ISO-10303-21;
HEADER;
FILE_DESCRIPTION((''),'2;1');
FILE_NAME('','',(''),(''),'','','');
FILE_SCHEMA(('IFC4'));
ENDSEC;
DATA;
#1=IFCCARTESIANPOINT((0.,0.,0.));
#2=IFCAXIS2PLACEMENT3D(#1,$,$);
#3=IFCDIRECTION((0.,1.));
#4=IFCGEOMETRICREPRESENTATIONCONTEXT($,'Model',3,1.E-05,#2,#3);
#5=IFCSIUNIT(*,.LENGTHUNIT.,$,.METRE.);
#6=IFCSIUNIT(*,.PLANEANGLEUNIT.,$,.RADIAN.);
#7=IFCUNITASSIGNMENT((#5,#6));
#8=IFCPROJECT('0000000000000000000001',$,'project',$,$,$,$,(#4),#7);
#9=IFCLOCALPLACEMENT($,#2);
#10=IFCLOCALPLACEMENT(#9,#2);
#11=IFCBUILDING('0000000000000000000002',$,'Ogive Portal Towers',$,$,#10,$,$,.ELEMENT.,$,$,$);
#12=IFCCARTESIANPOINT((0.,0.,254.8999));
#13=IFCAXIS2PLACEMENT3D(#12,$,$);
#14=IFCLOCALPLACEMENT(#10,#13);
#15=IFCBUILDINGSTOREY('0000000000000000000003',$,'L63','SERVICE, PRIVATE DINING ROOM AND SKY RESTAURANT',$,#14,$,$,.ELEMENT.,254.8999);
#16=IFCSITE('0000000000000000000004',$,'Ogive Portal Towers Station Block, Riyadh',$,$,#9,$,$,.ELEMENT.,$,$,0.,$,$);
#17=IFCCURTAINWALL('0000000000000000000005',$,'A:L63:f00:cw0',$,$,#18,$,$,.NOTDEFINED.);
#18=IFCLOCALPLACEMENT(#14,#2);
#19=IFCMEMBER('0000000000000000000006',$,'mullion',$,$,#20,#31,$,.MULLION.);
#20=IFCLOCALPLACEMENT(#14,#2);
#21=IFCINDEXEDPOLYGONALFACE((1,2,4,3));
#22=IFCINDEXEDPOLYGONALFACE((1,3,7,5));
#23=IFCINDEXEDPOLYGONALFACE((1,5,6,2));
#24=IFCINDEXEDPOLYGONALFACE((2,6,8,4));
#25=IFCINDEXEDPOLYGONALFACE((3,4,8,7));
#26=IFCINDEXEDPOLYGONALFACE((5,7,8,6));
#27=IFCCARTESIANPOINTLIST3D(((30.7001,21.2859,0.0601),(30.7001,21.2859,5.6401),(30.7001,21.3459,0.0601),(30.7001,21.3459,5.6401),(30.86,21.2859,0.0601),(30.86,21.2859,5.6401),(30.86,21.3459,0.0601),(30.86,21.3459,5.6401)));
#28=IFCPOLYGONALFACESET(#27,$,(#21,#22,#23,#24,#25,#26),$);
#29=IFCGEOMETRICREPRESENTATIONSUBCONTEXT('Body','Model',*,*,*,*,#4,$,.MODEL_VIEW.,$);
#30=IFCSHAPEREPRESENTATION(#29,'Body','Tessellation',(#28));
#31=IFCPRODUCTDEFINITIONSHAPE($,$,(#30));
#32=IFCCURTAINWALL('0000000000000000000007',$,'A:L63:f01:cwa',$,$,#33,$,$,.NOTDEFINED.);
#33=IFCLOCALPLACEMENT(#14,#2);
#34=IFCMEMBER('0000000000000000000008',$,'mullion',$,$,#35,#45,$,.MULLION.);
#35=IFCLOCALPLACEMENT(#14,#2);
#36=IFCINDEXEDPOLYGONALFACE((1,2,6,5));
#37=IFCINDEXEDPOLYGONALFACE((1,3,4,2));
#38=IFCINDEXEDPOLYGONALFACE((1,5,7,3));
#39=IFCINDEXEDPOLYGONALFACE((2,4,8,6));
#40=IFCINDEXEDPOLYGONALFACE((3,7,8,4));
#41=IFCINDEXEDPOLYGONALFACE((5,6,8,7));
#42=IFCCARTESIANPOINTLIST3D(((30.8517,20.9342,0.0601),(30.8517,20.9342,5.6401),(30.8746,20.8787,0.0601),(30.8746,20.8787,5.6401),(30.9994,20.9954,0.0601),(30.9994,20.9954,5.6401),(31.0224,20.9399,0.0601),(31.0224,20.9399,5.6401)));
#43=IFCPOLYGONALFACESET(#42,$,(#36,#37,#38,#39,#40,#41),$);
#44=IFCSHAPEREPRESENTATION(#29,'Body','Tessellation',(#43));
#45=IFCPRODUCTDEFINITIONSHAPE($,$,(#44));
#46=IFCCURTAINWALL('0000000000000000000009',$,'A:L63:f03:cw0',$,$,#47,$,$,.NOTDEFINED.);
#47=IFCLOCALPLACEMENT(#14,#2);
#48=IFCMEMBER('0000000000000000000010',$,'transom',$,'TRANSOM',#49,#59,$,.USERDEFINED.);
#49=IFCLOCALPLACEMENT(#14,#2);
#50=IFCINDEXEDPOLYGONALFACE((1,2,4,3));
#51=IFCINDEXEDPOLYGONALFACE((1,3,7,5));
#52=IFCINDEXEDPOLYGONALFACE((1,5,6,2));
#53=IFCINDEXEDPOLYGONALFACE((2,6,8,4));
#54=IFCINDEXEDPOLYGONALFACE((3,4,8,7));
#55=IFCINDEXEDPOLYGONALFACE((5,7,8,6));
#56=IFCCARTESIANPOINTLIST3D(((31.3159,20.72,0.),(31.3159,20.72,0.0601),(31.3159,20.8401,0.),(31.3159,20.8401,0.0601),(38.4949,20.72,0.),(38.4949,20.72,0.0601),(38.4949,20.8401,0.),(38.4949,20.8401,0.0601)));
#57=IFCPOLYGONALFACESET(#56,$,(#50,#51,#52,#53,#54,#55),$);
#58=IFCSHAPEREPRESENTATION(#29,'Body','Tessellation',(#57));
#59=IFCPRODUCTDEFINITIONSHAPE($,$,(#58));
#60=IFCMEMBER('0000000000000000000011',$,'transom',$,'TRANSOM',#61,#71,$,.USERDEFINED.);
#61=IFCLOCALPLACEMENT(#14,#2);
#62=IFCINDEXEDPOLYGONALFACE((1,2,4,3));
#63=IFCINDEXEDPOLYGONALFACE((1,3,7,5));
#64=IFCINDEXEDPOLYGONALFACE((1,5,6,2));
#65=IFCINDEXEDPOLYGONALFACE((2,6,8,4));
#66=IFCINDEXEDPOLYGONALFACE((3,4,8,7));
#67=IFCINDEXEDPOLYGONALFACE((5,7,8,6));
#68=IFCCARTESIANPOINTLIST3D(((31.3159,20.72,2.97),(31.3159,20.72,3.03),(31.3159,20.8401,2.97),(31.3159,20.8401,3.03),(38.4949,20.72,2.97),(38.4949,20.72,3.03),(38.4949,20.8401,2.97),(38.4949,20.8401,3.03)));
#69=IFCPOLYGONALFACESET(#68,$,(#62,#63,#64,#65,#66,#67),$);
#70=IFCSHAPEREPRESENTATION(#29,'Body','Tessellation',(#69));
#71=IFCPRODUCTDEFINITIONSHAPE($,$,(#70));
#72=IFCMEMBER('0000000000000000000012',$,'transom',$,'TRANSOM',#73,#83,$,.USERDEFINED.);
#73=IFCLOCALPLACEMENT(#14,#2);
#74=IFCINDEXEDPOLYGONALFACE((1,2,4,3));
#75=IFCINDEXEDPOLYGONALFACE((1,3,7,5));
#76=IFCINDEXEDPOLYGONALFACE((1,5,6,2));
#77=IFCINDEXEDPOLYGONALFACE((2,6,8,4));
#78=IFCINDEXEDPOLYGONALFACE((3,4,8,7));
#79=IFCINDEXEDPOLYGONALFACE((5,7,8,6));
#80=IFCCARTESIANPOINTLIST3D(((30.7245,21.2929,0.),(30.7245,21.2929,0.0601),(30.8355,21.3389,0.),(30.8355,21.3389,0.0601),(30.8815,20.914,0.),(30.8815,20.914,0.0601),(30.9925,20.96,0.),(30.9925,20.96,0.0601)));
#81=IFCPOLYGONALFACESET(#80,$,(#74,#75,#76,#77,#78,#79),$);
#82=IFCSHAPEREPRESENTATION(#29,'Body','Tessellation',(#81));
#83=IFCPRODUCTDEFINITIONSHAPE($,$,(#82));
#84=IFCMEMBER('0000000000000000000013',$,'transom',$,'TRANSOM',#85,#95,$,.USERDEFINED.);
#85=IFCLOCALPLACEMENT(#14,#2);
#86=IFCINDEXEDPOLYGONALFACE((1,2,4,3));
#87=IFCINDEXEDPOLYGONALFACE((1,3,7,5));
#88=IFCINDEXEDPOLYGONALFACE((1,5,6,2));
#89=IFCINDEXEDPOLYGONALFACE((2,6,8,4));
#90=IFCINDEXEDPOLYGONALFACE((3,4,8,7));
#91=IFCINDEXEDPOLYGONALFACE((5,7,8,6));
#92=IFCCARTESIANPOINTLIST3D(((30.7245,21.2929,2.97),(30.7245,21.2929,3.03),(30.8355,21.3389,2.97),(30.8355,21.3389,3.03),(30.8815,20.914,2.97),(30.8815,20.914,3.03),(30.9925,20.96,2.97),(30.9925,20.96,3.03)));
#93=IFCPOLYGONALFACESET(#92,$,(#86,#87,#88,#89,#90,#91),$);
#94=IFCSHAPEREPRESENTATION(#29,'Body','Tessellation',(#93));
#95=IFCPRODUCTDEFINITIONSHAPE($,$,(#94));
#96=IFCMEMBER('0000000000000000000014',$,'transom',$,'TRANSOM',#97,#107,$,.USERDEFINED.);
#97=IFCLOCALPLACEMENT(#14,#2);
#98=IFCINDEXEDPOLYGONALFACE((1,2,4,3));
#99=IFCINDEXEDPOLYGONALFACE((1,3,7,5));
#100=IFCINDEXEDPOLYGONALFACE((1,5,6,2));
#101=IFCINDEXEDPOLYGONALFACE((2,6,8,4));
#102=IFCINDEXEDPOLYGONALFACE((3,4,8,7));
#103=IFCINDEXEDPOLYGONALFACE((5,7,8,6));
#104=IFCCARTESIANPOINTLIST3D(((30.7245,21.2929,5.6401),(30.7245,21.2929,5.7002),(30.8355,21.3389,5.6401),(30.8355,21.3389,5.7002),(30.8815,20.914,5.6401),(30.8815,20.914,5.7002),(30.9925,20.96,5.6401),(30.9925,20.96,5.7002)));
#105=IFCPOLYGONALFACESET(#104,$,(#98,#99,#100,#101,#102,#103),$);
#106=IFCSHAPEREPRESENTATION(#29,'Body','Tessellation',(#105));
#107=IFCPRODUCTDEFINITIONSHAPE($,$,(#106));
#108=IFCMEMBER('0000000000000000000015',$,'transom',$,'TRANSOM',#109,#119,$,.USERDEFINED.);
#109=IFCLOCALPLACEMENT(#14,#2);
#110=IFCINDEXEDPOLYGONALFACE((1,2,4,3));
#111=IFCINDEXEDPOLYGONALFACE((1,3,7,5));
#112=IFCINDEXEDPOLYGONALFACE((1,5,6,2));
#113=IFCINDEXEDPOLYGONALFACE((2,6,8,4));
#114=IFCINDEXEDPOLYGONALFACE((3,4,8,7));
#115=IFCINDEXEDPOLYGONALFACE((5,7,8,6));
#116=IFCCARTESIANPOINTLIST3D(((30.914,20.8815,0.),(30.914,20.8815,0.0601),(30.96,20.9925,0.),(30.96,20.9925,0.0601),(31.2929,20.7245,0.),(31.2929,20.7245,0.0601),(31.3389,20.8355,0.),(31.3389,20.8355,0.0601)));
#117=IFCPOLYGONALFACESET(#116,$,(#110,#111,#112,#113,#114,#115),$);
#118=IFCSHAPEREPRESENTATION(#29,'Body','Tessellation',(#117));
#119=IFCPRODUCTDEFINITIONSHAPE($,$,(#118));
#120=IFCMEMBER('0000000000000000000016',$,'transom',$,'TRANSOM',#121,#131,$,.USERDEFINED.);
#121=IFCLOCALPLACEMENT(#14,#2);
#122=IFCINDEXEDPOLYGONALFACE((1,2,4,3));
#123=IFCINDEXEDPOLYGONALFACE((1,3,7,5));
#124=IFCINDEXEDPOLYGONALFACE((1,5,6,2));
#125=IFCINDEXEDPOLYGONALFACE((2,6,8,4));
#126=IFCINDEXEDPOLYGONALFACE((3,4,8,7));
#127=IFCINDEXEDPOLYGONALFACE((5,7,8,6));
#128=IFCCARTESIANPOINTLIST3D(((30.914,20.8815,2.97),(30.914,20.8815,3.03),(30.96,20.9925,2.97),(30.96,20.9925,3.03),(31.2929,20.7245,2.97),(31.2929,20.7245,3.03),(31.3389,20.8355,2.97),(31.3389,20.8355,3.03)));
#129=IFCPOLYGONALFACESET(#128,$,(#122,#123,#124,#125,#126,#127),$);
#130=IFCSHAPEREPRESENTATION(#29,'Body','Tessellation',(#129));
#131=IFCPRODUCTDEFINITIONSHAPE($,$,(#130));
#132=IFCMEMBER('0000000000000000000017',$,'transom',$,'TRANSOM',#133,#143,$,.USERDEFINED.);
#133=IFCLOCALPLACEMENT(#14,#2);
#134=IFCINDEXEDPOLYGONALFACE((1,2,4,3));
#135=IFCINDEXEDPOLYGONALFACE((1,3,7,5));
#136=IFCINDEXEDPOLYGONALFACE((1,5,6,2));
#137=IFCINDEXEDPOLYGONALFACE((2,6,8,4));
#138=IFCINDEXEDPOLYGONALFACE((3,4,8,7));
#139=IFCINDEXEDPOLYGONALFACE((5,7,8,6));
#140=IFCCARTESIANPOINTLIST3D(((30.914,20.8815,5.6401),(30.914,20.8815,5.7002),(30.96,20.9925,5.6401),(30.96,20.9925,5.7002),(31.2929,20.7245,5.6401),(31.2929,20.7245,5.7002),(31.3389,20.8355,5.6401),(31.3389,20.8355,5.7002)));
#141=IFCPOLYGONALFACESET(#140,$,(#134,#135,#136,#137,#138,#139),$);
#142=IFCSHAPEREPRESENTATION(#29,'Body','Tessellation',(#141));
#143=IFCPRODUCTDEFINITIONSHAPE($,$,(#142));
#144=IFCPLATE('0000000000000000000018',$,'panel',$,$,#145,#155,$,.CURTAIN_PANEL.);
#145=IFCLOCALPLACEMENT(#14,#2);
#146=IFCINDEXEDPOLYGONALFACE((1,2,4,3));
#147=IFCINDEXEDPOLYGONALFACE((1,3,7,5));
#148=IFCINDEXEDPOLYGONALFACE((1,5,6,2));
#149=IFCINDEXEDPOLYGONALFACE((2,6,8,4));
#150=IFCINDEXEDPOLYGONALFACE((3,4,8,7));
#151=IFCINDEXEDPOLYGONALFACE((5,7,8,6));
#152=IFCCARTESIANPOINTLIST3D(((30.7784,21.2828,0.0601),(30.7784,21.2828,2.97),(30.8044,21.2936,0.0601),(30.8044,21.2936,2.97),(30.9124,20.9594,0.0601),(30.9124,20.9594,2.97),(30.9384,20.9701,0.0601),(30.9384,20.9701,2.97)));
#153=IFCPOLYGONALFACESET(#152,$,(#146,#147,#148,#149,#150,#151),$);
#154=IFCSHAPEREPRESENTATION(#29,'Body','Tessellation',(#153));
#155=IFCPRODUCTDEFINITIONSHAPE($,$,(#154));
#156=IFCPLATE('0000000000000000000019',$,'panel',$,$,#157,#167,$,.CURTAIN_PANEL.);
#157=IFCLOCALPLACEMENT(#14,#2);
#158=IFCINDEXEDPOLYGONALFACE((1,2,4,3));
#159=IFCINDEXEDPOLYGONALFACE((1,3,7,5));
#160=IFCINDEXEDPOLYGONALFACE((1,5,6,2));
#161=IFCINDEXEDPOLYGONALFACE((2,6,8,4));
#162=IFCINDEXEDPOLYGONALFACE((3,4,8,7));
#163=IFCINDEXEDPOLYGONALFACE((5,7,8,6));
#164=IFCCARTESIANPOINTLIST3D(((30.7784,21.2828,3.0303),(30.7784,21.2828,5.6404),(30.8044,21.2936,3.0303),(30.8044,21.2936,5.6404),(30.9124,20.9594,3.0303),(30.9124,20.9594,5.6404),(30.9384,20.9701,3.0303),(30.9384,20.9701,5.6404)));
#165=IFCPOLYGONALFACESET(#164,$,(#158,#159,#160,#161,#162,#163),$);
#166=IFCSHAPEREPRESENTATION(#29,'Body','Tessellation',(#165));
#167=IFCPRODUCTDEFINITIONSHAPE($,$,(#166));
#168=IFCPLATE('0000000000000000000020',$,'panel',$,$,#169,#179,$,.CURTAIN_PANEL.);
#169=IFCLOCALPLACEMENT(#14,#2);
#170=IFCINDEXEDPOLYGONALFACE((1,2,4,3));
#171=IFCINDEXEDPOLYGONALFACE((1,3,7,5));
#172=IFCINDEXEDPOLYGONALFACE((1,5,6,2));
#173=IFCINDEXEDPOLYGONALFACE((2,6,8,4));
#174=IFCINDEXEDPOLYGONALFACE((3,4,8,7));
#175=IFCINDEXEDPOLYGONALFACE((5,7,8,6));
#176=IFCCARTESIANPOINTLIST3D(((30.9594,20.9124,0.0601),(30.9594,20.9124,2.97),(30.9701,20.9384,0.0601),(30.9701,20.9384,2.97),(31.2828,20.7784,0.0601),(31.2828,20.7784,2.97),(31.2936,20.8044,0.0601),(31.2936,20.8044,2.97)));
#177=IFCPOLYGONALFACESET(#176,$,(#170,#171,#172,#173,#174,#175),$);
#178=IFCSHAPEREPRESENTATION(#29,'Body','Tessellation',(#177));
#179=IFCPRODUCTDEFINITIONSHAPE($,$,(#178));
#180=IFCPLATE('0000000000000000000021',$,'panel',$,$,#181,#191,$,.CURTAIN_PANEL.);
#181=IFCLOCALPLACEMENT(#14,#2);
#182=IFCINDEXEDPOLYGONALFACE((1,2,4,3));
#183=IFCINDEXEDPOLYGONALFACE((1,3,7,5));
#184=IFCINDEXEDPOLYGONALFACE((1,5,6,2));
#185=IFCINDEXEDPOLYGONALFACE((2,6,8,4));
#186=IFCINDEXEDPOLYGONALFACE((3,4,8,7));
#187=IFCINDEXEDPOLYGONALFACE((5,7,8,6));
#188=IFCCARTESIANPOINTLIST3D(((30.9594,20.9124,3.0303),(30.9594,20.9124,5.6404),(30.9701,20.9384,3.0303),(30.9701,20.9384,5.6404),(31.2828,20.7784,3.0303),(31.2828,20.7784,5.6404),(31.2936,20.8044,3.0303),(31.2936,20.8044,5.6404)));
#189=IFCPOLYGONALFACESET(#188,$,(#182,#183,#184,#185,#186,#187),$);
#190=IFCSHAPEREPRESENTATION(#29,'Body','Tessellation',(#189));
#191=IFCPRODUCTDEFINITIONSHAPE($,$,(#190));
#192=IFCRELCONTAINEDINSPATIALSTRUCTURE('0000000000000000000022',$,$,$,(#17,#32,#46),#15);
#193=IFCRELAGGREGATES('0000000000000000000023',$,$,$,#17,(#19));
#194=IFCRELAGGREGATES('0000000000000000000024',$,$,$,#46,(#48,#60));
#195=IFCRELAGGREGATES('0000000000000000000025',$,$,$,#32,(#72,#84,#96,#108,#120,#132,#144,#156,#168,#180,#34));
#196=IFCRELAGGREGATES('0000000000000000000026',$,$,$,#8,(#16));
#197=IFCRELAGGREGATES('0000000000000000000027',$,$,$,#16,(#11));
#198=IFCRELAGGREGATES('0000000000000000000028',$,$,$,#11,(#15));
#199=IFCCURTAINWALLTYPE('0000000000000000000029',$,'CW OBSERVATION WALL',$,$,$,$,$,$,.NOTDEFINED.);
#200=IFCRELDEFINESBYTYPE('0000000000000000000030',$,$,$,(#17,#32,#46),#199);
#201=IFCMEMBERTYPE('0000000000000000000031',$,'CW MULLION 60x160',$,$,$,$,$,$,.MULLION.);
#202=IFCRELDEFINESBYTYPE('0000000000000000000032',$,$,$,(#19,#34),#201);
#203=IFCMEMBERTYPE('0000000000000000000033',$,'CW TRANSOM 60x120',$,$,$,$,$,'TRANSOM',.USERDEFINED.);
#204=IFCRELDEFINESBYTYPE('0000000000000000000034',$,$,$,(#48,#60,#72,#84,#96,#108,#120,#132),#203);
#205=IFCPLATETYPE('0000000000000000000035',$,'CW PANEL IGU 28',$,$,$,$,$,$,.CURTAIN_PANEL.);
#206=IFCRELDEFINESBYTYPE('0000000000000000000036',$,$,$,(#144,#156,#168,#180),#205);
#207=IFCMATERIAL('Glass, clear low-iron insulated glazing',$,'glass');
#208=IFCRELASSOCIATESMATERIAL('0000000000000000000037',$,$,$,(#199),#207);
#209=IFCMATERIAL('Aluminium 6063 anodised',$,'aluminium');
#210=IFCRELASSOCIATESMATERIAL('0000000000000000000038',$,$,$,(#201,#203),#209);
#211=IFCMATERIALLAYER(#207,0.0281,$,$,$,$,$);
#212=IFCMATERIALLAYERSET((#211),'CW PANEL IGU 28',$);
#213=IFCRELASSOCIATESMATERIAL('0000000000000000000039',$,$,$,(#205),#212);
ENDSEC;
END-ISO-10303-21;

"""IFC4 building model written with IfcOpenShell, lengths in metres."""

from ifc_helpers import new_model, si_unit, direction, frame, origin, origin_2d, place, context, subcontext, project, spatial, rectangle, extrude, material, layer, layer_set, material_profile, profile_set, type_object, element, aggregate, save


model = new_model("IFC4")

# Units and contexts
model_context = context("Model", 3, precision=1e-05, world=origin(), true_north=direction((0.0, 1.0)))
body_context = subcontext(model_context, "Body", "Model", "MODEL_VIEW")
ifc_project = project(units=[si_unit("LENGTHUNIT", "METRE"), si_unit("PLANEANGLEUNIT", "RADIAN")], contexts=[model_context])

# Site, building, storey
site_placement = place(None, origin())
site = spatial("IfcSite", under=ifc_project, at=site_placement, Name="Ogive Portal Towers Station Block, Riyadh", CompositionType="ELEMENT", RefElevation=0.0)
building_placement = place(site_placement, origin())
building = spatial("IfcBuilding", under=site, at=building_placement, Name="Ogive Portal Towers", CompositionType="ELEMENT")
storey_placement = place(building_placement, frame((0.0, 0.0, 254.8999)))
storey = spatial("IfcBuildingStorey", under=building, at=storey_placement, Name="L63", Description="SERVICE, PRIVATE DINING ROOM AND SKY RESTAURANT", CompositionType="ELEMENT", Elevation=254.8999)

# Curtain walls, members
ifc_material_1 = material(Name="Glass, clear low-iron insulated glazing", Category="glass")
curtain_wall_type = type_object("IfcCurtainWallType", Name="CW OBSERVATION WALL", PredefinedType="NOTDEFINED", material=ifc_material_1)
curtain_wall_1_placement = place(storey_placement, origin())
curtain_wall_1 = element("IfcCurtainWall", 1, at=curtain_wall_1_placement, inside=storey, type_object=curtain_wall_type, Name="A:L63:f00:cw0", PredefinedType="NOTDEFINED")
ifc_material_2 = material(Name="Aluminium 6063 anodised", Category="aluminium")
ifc_material_profile_1 = material_profile(ifc_material_2, rectangle(XDim=0.1599, YDim=0.0601, at=origin_2d()), Name="AL 60x160")
ifc_profile_set_1 = profile_set([ifc_material_profile_1], Name="Aluminium 6063 anodised")
member_type_1 = type_object("IfcMemberType", Name="CW MULLION 60x160", PredefinedType="MULLION", material=ifc_profile_set_1)
member_1_placement = place(storey_placement, frame((30.78, 21.3159, 0.0601), z_axis=(0.0, 0.0, 1.0), x_axis=(1.0, 0.0, 0.0)))
member_1 = element("IfcMember", 2, at=member_1_placement, type_object=member_type_1, Name="mullion", PredefinedType="MULLION", context=body_context, shape_type="SweptSolid", body=[
    extrude(rectangle(XDim=0.1599, YDim=0.0601, at=origin_2d()), origin(), (0.0, 0.0, 1.0), 5.5801),
])
aggregate(curtain_wall_1, [member_1])
curtain_wall_2_placement = place(storey_placement, origin())
curtain_wall_2 = element("IfcCurtainWall", 3, at=curtain_wall_2_placement, inside=storey, type_object=curtain_wall_type, Name="A:L63:f01:cwa", PredefinedType="NOTDEFINED")
member_2_placement = place(storey_placement, frame((30.937, 20.937, 0.0601), z_axis=(0.0, 0.0, 1.0), x_axis=(0.92388, 0.382683, 0.0)))
member_2 = element("IfcMember", 4, at=member_2_placement, type_object=member_type_1, Name="mullion", PredefinedType="MULLION", context=body_context, shape_type="SweptSolid", body=[
    extrude(rectangle(XDim=0.1599, YDim=0.0601, at=origin_2d()), origin(), (0.0, 0.0, 1.0), 5.5801),
])

# Curtain wall, members
curtain_wall_3_placement = place(storey_placement, origin())
curtain_wall_3 = element("IfcCurtainWall", 5, at=curtain_wall_3_placement, inside=storey, type_object=curtain_wall_type, Name="A:L63:f03:cw0", PredefinedType="NOTDEFINED")
ifc_material_profile_2 = material_profile(ifc_material_2, rectangle(XDim=0.1201, YDim=0.0601, at=origin_2d()), Name="AL 120x60")
ifc_profile_set_2 = profile_set([ifc_material_profile_2], Name="Aluminium 6063 anodised")
member_type_2 = type_object("IfcMemberType", Name="CW TRANSOM 60x120", ElementType="TRANSOM", PredefinedType="USERDEFINED", material=ifc_profile_set_2)
member_3_placement = place(storey_placement, frame((31.3159, 20.78, 0.03), z_axis=(1.0, 0.0, 0.0), x_axis=(0.0, 1.0, 0.0)))
member_3 = element("IfcMember", 6, at=member_3_placement, type_object=member_type_2, Name="transom", ObjectType="TRANSOM", PredefinedType="USERDEFINED", context=body_context, shape_type="SweptSolid", body=[
    extrude(rectangle(XDim=0.1201, YDim=0.0601, at=origin_2d()), origin(), (0.0, 0.0, 1.0), 7.179),
])
member_4_placement = place(storey_placement, frame((31.3159, 20.78, 3.0), z_axis=(1.0, 0.0, 0.0), x_axis=(0.0, 1.0, 0.0)))
member_4 = element("IfcMember", 7, at=member_4_placement, type_object=member_type_2, Name="transom", ObjectType="TRANSOM", PredefinedType="USERDEFINED", context=body_context, shape_type="SweptSolid", body=[
    extrude(rectangle(XDim=0.1201, YDim=0.0601, at=origin_2d()), origin(), (0.0, 0.0, 1.0), 7.179),
])
aggregate(curtain_wall_3, [member_3, member_4])

# Members
member_5_placement = place(storey_placement, frame((30.78, 21.3159, 0.03), z_axis=(0.382755, -0.92385, 0.0), x_axis=(0.92385, 0.382755, 0.0)))
member_5 = element("IfcMember", 8, at=member_5_placement, type_object=member_type_2, Name="transom", ObjectType="TRANSOM", PredefinedType="USERDEFINED", context=body_context, shape_type="SweptSolid", body=[
    extrude(rectangle(XDim=0.1201, YDim=0.0601, at=origin_2d()), origin(), (0.0, 0.0, 1.0), 0.4102),
])
member_6_placement = place(storey_placement, frame((30.78, 21.3159, 3.0), z_axis=(0.382755, -0.92385, 0.0), x_axis=(0.92385, 0.382755, 0.0)))
member_6 = element("IfcMember", 9, at=member_6_placement, type_object=member_type_2, Name="transom", ObjectType="TRANSOM", PredefinedType="USERDEFINED", context=body_context, shape_type="SweptSolid", body=[
    extrude(rectangle(XDim=0.1201, YDim=0.0601, at=origin_2d()), origin(), (0.0, 0.0, 1.0), 0.4102),
])
member_7_placement = place(storey_placement, frame((30.78, 21.3159, 5.6702), z_axis=(0.382755, -0.92385, 0.0), x_axis=(0.92385, 0.382755, 0.0)))
member_7 = element("IfcMember", 10, at=member_7_placement, type_object=member_type_2, Name="transom", ObjectType="TRANSOM", PredefinedType="USERDEFINED", context=body_context, shape_type="SweptSolid", body=[
    extrude(rectangle(XDim=0.1201, YDim=0.0601, at=origin_2d()), origin(), (0.0, 0.0, 1.0), 0.4102),
])
member_8_placement = place(storey_placement, frame((30.937, 20.937, 0.03), z_axis=(0.92385, -0.382755, 0.0), x_axis=(0.382755, 0.92385, 0.0)))
member_8 = element("IfcMember", 11, at=member_8_placement, type_object=member_type_2, Name="transom", ObjectType="TRANSOM", PredefinedType="USERDEFINED", context=body_context, shape_type="SweptSolid", body=[
    extrude(rectangle(XDim=0.1201, YDim=0.0601, at=origin_2d()), origin(), (0.0, 0.0, 1.0), 0.4102),
])
member_9_placement = place(storey_placement, frame((30.937, 20.937, 3.0), z_axis=(0.92385, -0.382755, 0.0), x_axis=(0.382755, 0.92385, 0.0)))
member_9 = element("IfcMember", 12, at=member_9_placement, type_object=member_type_2, Name="transom", ObjectType="TRANSOM", PredefinedType="USERDEFINED", context=body_context, shape_type="SweptSolid", body=[
    extrude(rectangle(XDim=0.1201, YDim=0.0601, at=origin_2d()), origin(), (0.0, 0.0, 1.0), 0.4102),
])
member_10_placement = place(storey_placement, frame((30.937, 20.937, 5.6702), z_axis=(0.92385, -0.382755, 0.0), x_axis=(0.382755, 0.92385, 0.0)))
member_10 = element("IfcMember", 13, at=member_10_placement, type_object=member_type_2, Name="transom", ObjectType="TRANSOM", PredefinedType="USERDEFINED", context=body_context, shape_type="SweptSolid", body=[
    extrude(rectangle(XDim=0.1201, YDim=0.0601, at=origin_2d()), origin(), (0.0, 0.0, 1.0), 0.4102),
])

# Plates
ifc_layer_1 = layer(ifc_material_1, 0.0281)
ifc_layer_set_1 = layer_set([ifc_layer_1], Name="CW PANEL IGU 28")
plate_type = type_object("IfcPlateType", Name="CW PANEL IGU 28", PredefinedType="CURTAIN_PANEL", material=ifc_layer_set_1)
plate_1_placement = place(storey_placement, frame((30.8584, 21.1265, 0.0601), z_axis=(0.0, 0.0, 1.0), x_axis=(0.382683, -0.92388, 0.0)))
plate_1 = element("IfcPlate", 14, at=plate_1_placement, type_object=plate_type, Name="panel", PredefinedType="CURTAIN_PANEL", context=body_context, shape_type="SweptSolid", body=[
    extrude(rectangle(XDim=0.3501, YDim=0.0281, at=origin_2d()), origin(), (0.0, 0.0, 1.0), 2.9099),
])
plate_2_placement = place(storey_placement, frame((30.8584, 21.1265, 3.0303), z_axis=(0.0, 0.0, 1.0), x_axis=(0.382683, -0.92388, 0.0)))
plate_2 = element("IfcPlate", 15, at=plate_2_placement, type_object=plate_type, Name="panel", PredefinedType="CURTAIN_PANEL", context=body_context, shape_type="SweptSolid", body=[
    extrude(rectangle(XDim=0.3501, YDim=0.0281, at=origin_2d()), origin(), (0.0, 0.0, 1.0), 2.6101),
])
plate_3_placement = place(storey_placement, frame((31.1265, 20.8584, 0.0601), z_axis=(0.0, 0.0, 1.0), x_axis=(0.92388, -0.382683, 0.0)))
plate_3 = element("IfcPlate", 16, at=plate_3_placement, type_object=plate_type, Name="panel", PredefinedType="CURTAIN_PANEL", context=body_context, shape_type="SweptSolid", body=[
    extrude(rectangle(XDim=0.3501, YDim=0.0281, at=origin_2d()), origin(), (0.0, 0.0, 1.0), 2.9099),
])
plate_4_placement = place(storey_placement, frame((31.1265, 20.8584, 3.0303), z_axis=(0.0, 0.0, 1.0), x_axis=(0.92388, -0.382683, 0.0)))
plate_4 = element("IfcPlate", 17, at=plate_4_placement, type_object=plate_type, Name="panel", PredefinedType="CURTAIN_PANEL", context=body_context, shape_type="SweptSolid", body=[
    extrude(rectangle(XDim=0.3501, YDim=0.0281, at=origin_2d()), origin(), (0.0, 0.0, 1.0), 2.6101),
])
aggregate(curtain_wall_2, [member_5, member_6, member_7, member_8, member_9, member_10, plate_1, plate_2, plate_3, plate_4, member_2])

save(model, "model.ifc")
